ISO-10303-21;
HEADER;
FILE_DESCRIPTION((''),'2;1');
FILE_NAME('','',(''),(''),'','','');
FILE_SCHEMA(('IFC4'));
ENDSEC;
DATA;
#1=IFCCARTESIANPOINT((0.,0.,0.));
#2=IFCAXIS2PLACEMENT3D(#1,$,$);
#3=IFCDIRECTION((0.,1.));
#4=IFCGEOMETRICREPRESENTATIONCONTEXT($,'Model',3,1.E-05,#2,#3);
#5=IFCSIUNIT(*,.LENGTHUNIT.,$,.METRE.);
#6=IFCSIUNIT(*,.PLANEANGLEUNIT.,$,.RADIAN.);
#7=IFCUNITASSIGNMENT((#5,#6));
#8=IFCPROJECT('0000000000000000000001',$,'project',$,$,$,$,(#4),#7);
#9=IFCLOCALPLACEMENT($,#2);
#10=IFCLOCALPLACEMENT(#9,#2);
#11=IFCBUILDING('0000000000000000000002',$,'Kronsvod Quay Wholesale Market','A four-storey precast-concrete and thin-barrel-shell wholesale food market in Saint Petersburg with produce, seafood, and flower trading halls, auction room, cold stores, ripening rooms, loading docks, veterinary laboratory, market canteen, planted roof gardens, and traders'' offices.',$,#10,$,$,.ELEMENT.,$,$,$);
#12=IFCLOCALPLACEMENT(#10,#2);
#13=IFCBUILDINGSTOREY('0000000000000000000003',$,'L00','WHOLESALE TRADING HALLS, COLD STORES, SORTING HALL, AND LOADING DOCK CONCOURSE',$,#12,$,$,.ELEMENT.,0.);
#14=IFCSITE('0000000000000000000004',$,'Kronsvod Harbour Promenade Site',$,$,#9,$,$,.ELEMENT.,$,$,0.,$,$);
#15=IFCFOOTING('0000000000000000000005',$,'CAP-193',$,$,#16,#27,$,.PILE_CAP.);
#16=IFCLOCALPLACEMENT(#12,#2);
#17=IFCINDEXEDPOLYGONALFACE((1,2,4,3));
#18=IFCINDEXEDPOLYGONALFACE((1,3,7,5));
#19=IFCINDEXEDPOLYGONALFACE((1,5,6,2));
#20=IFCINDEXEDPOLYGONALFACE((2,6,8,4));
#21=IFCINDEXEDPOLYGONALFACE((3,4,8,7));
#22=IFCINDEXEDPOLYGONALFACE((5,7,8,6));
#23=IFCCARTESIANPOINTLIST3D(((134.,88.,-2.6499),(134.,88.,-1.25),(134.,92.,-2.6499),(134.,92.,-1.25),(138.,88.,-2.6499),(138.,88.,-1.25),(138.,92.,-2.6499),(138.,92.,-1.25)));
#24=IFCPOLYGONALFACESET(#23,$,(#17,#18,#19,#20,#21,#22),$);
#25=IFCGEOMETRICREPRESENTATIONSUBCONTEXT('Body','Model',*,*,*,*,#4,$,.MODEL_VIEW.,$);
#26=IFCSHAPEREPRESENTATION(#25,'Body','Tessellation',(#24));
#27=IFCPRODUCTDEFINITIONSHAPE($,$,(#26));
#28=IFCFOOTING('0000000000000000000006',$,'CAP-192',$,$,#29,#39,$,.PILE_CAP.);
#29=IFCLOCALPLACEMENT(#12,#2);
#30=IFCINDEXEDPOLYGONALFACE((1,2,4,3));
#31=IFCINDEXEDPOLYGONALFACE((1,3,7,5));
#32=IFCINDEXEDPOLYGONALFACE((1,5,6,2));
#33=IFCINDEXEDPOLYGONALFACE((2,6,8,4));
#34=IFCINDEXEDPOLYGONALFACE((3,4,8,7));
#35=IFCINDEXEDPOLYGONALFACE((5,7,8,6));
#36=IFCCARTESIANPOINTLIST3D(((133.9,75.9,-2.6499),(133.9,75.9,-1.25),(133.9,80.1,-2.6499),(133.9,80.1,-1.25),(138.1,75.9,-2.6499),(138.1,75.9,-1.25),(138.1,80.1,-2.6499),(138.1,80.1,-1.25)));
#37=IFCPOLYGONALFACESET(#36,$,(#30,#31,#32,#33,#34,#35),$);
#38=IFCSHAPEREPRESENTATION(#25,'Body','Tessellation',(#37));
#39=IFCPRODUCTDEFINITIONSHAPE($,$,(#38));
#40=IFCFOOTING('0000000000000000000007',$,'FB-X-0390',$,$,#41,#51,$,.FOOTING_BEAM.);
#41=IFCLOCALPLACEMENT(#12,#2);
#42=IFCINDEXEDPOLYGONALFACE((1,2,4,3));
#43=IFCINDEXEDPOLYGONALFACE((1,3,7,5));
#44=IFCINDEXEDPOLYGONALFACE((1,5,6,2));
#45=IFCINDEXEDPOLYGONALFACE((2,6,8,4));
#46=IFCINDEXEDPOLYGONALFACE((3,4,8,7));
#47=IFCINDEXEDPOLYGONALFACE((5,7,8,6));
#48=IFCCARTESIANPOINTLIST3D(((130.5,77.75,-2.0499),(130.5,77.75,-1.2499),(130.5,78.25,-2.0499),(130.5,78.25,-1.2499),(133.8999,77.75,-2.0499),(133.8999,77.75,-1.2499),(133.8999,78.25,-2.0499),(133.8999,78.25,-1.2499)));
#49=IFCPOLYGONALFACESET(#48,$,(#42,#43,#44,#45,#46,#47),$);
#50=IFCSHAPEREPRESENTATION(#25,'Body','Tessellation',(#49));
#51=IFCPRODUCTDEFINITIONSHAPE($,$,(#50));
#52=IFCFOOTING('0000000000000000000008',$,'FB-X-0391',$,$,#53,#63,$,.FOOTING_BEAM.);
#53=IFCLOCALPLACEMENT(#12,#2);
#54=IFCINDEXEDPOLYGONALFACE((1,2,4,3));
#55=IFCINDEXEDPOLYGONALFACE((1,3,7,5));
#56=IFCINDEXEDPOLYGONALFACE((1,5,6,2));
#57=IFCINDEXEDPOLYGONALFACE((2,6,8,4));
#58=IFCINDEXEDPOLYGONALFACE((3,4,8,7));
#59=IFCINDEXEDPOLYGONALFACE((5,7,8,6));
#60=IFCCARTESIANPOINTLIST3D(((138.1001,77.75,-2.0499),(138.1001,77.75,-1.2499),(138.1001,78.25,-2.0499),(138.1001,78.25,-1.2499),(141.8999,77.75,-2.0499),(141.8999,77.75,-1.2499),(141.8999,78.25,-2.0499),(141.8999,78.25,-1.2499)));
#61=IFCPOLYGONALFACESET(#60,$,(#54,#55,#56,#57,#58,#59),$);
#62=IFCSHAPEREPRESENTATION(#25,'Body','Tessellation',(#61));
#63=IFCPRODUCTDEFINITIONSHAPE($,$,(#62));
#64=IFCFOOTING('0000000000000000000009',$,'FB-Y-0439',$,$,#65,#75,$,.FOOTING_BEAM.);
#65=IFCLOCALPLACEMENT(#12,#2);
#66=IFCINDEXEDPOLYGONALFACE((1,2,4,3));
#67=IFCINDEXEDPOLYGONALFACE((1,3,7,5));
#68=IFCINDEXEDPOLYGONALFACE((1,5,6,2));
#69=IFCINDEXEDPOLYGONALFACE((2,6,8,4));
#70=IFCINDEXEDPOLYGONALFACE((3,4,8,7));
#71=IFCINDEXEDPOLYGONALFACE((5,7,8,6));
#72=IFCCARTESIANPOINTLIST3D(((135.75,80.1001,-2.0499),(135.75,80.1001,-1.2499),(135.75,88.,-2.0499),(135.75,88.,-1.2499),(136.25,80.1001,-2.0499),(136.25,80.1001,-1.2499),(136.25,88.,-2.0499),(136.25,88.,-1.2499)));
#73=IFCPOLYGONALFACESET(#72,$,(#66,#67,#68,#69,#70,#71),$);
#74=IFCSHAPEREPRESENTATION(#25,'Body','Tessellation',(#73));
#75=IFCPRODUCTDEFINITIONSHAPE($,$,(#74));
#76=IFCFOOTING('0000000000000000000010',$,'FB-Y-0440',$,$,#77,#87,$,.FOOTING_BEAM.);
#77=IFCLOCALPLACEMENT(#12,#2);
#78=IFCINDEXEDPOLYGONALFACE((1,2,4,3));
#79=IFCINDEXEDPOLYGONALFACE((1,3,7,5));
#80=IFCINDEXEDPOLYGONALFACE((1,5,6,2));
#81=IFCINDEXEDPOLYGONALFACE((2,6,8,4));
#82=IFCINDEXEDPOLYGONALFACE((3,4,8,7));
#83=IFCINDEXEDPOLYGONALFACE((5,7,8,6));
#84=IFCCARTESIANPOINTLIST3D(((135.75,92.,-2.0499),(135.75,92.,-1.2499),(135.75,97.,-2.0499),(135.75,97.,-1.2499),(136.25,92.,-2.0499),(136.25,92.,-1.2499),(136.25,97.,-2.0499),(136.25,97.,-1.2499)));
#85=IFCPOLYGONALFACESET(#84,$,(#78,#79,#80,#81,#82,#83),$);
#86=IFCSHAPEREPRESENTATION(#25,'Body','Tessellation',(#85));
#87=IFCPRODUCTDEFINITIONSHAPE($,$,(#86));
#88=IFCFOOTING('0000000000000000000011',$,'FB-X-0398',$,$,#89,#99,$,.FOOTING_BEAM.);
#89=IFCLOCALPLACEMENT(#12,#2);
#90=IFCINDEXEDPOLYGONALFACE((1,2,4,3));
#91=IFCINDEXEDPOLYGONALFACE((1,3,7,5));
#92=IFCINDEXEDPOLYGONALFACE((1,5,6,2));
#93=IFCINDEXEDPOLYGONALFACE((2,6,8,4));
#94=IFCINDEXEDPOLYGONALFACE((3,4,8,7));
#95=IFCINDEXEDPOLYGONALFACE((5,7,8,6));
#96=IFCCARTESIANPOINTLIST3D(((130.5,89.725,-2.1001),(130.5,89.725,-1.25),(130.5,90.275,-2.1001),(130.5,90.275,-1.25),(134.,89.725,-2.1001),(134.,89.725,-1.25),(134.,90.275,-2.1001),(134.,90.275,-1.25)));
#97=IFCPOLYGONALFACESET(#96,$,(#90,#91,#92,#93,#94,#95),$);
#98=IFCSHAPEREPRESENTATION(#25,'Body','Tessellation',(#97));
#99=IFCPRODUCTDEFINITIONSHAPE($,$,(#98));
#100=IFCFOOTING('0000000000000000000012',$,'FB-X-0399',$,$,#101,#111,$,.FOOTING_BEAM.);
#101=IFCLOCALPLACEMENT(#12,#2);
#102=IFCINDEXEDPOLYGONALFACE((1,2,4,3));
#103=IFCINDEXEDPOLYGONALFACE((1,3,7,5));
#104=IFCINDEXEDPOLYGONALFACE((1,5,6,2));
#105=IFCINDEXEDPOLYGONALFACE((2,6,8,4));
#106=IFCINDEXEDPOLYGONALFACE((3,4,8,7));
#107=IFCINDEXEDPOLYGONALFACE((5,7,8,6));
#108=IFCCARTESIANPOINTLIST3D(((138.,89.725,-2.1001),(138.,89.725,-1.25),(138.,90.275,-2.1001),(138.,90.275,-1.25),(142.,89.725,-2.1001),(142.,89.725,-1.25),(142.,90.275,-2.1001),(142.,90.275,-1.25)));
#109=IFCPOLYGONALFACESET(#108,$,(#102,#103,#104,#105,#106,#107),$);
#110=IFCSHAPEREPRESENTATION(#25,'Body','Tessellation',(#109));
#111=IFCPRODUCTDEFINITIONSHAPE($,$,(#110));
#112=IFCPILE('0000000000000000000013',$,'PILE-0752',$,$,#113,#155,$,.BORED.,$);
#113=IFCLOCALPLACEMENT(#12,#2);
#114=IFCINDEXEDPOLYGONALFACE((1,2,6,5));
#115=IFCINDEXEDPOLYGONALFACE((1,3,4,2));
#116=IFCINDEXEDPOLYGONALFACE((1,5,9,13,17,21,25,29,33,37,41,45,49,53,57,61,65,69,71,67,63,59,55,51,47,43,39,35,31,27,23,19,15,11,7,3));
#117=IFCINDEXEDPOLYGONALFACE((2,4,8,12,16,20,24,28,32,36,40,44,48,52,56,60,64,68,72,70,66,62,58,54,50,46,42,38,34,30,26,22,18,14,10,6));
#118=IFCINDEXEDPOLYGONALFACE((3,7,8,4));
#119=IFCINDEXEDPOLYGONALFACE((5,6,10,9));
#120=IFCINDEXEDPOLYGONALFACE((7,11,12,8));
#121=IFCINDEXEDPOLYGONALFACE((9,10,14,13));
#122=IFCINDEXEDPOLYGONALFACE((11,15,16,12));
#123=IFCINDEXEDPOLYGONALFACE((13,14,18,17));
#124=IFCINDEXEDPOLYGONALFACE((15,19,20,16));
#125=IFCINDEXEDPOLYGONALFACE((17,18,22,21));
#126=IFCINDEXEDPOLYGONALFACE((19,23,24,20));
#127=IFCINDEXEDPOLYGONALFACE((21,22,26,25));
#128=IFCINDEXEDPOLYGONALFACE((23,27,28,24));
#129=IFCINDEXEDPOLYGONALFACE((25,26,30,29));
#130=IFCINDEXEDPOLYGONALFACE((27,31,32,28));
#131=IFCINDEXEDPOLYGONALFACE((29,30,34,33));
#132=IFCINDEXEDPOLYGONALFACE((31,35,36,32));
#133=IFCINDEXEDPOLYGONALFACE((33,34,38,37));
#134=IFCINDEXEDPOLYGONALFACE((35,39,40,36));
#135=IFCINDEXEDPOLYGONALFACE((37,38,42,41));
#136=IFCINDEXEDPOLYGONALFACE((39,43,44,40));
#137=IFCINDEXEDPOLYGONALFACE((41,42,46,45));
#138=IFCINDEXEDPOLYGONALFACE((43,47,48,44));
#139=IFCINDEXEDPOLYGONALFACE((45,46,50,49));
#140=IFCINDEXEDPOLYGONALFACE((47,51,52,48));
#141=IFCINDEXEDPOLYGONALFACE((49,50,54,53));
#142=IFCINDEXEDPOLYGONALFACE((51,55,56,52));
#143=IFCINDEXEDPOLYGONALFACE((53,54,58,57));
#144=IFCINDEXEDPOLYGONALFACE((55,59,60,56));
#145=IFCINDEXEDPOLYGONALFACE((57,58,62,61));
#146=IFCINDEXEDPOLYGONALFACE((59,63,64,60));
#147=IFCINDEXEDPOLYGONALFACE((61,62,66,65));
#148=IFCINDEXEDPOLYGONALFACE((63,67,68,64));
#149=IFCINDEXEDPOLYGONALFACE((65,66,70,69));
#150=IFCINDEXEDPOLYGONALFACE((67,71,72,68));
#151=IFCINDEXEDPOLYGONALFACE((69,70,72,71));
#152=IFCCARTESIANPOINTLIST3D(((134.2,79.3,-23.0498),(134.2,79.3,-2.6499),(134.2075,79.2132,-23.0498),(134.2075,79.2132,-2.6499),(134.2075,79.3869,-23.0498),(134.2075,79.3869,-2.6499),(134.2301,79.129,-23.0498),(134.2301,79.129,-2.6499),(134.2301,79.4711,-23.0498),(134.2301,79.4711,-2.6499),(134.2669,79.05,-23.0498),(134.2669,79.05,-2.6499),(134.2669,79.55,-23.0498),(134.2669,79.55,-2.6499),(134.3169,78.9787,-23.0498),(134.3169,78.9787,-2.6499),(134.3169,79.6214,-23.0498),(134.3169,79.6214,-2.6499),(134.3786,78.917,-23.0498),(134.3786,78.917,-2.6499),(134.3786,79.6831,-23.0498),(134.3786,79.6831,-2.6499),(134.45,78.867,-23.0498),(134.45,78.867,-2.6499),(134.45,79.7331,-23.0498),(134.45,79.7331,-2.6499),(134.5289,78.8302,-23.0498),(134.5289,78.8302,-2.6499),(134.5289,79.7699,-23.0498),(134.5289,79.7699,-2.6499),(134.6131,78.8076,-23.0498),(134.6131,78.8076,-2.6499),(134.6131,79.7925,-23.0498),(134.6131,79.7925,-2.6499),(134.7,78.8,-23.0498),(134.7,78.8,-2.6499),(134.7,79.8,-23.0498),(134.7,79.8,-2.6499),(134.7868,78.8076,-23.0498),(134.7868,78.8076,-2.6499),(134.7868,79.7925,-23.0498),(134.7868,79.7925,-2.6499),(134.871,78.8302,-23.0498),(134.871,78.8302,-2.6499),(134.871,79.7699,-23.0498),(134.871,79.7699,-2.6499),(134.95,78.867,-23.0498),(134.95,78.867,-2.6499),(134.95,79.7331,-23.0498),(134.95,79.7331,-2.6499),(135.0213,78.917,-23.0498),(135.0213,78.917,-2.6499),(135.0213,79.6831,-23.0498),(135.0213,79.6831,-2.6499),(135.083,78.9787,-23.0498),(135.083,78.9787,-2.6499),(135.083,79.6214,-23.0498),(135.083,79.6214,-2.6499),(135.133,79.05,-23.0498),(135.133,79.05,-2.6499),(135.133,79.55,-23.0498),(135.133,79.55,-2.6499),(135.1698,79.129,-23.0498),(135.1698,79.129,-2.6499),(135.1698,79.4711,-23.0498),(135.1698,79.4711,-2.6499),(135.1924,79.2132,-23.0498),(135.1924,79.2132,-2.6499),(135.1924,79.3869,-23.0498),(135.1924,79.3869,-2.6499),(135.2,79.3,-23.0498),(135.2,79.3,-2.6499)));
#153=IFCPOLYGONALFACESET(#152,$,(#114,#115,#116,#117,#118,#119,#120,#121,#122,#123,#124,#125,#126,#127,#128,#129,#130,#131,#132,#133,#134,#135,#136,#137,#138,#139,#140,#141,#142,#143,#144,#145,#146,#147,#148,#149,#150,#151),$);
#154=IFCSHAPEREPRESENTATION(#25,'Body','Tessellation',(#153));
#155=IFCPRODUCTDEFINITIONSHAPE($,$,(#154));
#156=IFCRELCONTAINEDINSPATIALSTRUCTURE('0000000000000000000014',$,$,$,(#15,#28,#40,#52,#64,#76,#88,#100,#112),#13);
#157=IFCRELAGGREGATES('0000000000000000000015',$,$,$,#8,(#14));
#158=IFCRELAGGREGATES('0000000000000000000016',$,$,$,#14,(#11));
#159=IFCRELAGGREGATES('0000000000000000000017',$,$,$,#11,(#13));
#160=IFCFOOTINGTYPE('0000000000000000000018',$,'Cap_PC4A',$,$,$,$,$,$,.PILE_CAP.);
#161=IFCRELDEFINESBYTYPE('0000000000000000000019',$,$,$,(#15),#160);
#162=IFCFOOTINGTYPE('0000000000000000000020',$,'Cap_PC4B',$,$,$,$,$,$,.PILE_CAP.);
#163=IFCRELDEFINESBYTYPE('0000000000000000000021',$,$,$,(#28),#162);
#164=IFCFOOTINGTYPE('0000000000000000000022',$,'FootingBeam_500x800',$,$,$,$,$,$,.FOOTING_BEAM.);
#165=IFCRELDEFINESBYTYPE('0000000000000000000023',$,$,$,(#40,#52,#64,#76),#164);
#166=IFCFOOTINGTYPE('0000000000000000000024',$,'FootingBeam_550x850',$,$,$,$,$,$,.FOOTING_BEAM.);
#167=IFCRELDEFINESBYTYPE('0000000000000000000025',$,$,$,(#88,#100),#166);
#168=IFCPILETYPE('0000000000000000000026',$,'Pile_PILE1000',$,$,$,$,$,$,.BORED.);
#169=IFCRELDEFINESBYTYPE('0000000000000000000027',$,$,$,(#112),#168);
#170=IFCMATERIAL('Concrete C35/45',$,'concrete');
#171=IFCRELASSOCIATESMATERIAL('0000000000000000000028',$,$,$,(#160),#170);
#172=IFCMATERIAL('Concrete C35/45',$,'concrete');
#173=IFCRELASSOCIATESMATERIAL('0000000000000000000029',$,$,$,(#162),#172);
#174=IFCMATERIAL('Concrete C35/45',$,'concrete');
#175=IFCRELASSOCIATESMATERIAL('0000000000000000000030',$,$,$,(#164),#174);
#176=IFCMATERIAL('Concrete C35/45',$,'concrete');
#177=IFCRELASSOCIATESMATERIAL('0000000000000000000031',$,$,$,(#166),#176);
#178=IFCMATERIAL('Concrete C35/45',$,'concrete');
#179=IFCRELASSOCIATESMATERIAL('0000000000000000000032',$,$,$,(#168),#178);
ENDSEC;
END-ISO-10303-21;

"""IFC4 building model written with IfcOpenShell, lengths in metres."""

from ifc_helpers import new_model, si_unit, direction, frame, origin, origin_2d, place, context, subcontext, project, spatial, rectangle, circle, extrude, material, material_profile, profile_set, type_object, element, save


model = new_model("IFC4")

# Units and contexts
model_context = context("Model", 3, precision=1e-05, world=origin(), true_north=direction((0.0, 1.0)))
body_context = subcontext(model_context, "Body", "Model", "MODEL_VIEW")
ifc_project = project(units=[si_unit("LENGTHUNIT", "METRE"), si_unit("PLANEANGLEUNIT", "RADIAN")], contexts=[model_context])

# Site, building, storey
site_placement = place(None, origin())
site = spatial("IfcSite", under=ifc_project, at=site_placement, Name="Kronsvod Harbour Promenade Site", CompositionType="ELEMENT", RefElevation=0.0)
building_placement = place(site_placement, origin())
building = spatial("IfcBuilding", under=site, at=building_placement, Name="Kronsvod Quay Wholesale Market", Description="A four-storey precast-concrete and thin-barrel-shell wholesale food market in Saint Petersburg with produce, seafood, and flower trading halls, auction room, cold stores, ripening rooms, loading docks, veterinary laboratory, market canteen, planted roof gardens, and traders' offices.", CompositionType="ELEMENT")
storey_placement = place(building_placement, origin())
storey = spatial("IfcBuildingStorey", under=building, at=storey_placement, Name="L00", Description="WHOLESALE TRADING HALLS, COLD STORES, SORTING HALL, AND LOADING DOCK CONCOURSE", CompositionType="ELEMENT", Elevation=0.0)

# Footings
ifc_material_1 = material(Name="Concrete C35/45", Category="concrete")
footing_type_1 = type_object("IfcFootingType", Name="Cap_PC4A", PredefinedType="PILE_CAP", material=ifc_material_1)
footing_1_placement = place(storey_placement, frame((136.0, 90.0, -2.6499), z_axis=(0.0, 0.0, 1.0), x_axis=(1.0, 0.0, 0.0)))
element("IfcFooting", 1, at=footing_1_placement, inside=storey, type_object=footing_type_1, Name="CAP-193", PredefinedType="PILE_CAP", context=body_context, shape_type="SweptSolid", body=[
    extrude(rectangle(XDim=4.0, YDim=4.0, at=origin_2d()), origin(), (0.0, 0.0, 1.0), 1.3999),
])
ifc_material_2 = material(Name="Concrete C35/45", Category="concrete")
footing_type_2 = type_object("IfcFootingType", Name="Cap_PC4B", PredefinedType="PILE_CAP", material=ifc_material_2)
footing_2_placement = place(storey_placement, frame((136.0, 78.0, -2.6499), z_axis=(0.0, 0.0, 1.0), x_axis=(1.0, 0.0, 0.0)))
element("IfcFooting", 2, at=footing_2_placement, inside=storey, type_object=footing_type_2, Name="CAP-192", PredefinedType="PILE_CAP", context=body_context, shape_type="SweptSolid", body=[
    extrude(rectangle(XDim=4.2, YDim=4.2, at=origin_2d()), origin(), (0.0, 0.0, 1.0), 1.3999),
])
ifc_material_3 = material(Name="Concrete C35/45", Category="concrete")
ifc_material_profile_1 = material_profile(ifc_material_3, rectangle(XDim=0.5, YDim=0.8, at=origin_2d()), Name="FB-01")
ifc_profile_set_1 = profile_set([ifc_material_profile_1], Name="Concrete C35/45")
footing_type_3 = type_object("IfcFootingType", Name="FootingBeam_500x800", PredefinedType="FOOTING_BEAM", material=ifc_profile_set_1)
footing_3_placement = place(storey_placement, frame((130.5, 78.0, -1.6499), z_axis=(1.0, 0.0, 0.0), x_axis=(0.0, 1.0, 0.0)))
element("IfcFooting", 3, at=footing_3_placement, inside=storey, type_object=footing_type_3, Name="FB-X-0390", PredefinedType="FOOTING_BEAM", context=body_context, shape_type="SweptSolid", body=[
    extrude(rectangle(XDim=0.5, YDim=0.8, at=origin_2d()), origin(), (0.0, 0.0, 1.0), 3.3999),
])
footing_4_placement = place(storey_placement, frame((138.1001, 78.0, -1.6499), z_axis=(1.0, 0.0, 0.0), x_axis=(0.0, 1.0, 0.0)))
element("IfcFooting", 4, at=footing_4_placement, inside=storey, type_object=footing_type_3, Name="FB-X-0391", PredefinedType="FOOTING_BEAM", context=body_context, shape_type="SweptSolid", body=[
    extrude(rectangle(XDim=0.5, YDim=0.8, at=origin_2d()), origin(), (0.0, 0.0, 1.0), 3.7998),
])
footing_5_placement = place(storey_placement, frame((136.0, 80.1001, -1.6499), z_axis=(0.0, 1.0, 0.0), x_axis=(-1.0, 0.0, 0.0)))
element("IfcFooting", 5, at=footing_5_placement, inside=storey, type_object=footing_type_3, Name="FB-Y-0439", PredefinedType="FOOTING_BEAM", context=body_context, shape_type="SweptSolid", body=[
    extrude(rectangle(XDim=0.5, YDim=0.8, at=origin_2d()), origin(), (0.0, 0.0, 1.0), 7.8999),
])
footing_6_placement = place(storey_placement, frame((136.0, 92.0, -1.6499), z_axis=(0.0, 1.0, 0.0), x_axis=(-1.0, 0.0, 0.0)))
element("IfcFooting", 6, at=footing_6_placement, inside=storey, type_object=footing_type_3, Name="FB-Y-0440", PredefinedType="FOOTING_BEAM", context=body_context, shape_type="SweptSolid", body=[
    extrude(rectangle(XDim=0.5, YDim=0.8, at=origin_2d()), origin(), (0.0, 0.0, 1.0), 5.0),
])
ifc_material_4 = material(Name="Concrete C35/45", Category="concrete")
ifc_material_profile_2 = material_profile(ifc_material_4, rectangle(XDim=0.55, YDim=0.8501, at=origin_2d()), Name="FB-03")
ifc_profile_set_2 = profile_set([ifc_material_profile_2], Name="Concrete C35/45")
footing_type_4 = type_object("IfcFootingType", Name="FootingBeam_550x850", PredefinedType="FOOTING_BEAM", material=ifc_profile_set_2)
footing_7_placement = place(storey_placement, frame((130.5, 90.0, -1.675), z_axis=(1.0, 0.0, 0.0), x_axis=(0.0, 1.0, 0.0)))
element("IfcFooting", 7, at=footing_7_placement, inside=storey, type_object=footing_type_4, Name="FB-X-0398", PredefinedType="FOOTING_BEAM", context=body_context, shape_type="SweptSolid", body=[
    extrude(rectangle(XDim=0.55, YDim=0.8501, at=origin_2d()), origin(), (0.0, 0.0, 1.0), 3.5),
])
footing_8_placement = place(storey_placement, frame((138.0, 90.0, -1.675), z_axis=(1.0, 0.0, 0.0), x_axis=(0.0, 1.0, 0.0)))
element("IfcFooting", 8, at=footing_8_placement, inside=storey, type_object=footing_type_4, Name="FB-X-0399", PredefinedType="FOOTING_BEAM", context=body_context, shape_type="SweptSolid", body=[
    extrude(rectangle(XDim=0.55, YDim=0.8501, at=origin_2d()), origin(), (0.0, 0.0, 1.0), 4.0),
])

# Pile
ifc_material_5 = material(Name="Concrete C35/45", Category="concrete")
ifc_material_profile_3 = material_profile(ifc_material_5, circle(Radius=0.5, at=origin_2d()), Name="PILE1000")
ifc_profile_set_3 = profile_set([ifc_material_profile_3], Name="Concrete C35/45")
pile_type_1 = type_object("IfcPileType", Name="Pile_PILE1000", PredefinedType="BORED", material=ifc_profile_set_3)
for number, where, z_axis, x_axis, name in (
    (9, (134.7, 79.3, -2.6499), (0.0, 0.0, -1.0), (1.0, 0.0, 0.0), "PILE-0752"),
):
    element("IfcPile", number, at=place(storey_placement, frame(where, z_axis=z_axis, x_axis=x_axis)), inside=storey, type_object=pile_type_1, Name=name, PredefinedType="BORED", context=body_context, shape_type="SweptSolid", body=[
        extrude(circle(Radius=0.5, at=origin_2d()), origin(), (0.0, 0.0, 1.0), 20.3999),
    ])

save(model, "model.ifc")
